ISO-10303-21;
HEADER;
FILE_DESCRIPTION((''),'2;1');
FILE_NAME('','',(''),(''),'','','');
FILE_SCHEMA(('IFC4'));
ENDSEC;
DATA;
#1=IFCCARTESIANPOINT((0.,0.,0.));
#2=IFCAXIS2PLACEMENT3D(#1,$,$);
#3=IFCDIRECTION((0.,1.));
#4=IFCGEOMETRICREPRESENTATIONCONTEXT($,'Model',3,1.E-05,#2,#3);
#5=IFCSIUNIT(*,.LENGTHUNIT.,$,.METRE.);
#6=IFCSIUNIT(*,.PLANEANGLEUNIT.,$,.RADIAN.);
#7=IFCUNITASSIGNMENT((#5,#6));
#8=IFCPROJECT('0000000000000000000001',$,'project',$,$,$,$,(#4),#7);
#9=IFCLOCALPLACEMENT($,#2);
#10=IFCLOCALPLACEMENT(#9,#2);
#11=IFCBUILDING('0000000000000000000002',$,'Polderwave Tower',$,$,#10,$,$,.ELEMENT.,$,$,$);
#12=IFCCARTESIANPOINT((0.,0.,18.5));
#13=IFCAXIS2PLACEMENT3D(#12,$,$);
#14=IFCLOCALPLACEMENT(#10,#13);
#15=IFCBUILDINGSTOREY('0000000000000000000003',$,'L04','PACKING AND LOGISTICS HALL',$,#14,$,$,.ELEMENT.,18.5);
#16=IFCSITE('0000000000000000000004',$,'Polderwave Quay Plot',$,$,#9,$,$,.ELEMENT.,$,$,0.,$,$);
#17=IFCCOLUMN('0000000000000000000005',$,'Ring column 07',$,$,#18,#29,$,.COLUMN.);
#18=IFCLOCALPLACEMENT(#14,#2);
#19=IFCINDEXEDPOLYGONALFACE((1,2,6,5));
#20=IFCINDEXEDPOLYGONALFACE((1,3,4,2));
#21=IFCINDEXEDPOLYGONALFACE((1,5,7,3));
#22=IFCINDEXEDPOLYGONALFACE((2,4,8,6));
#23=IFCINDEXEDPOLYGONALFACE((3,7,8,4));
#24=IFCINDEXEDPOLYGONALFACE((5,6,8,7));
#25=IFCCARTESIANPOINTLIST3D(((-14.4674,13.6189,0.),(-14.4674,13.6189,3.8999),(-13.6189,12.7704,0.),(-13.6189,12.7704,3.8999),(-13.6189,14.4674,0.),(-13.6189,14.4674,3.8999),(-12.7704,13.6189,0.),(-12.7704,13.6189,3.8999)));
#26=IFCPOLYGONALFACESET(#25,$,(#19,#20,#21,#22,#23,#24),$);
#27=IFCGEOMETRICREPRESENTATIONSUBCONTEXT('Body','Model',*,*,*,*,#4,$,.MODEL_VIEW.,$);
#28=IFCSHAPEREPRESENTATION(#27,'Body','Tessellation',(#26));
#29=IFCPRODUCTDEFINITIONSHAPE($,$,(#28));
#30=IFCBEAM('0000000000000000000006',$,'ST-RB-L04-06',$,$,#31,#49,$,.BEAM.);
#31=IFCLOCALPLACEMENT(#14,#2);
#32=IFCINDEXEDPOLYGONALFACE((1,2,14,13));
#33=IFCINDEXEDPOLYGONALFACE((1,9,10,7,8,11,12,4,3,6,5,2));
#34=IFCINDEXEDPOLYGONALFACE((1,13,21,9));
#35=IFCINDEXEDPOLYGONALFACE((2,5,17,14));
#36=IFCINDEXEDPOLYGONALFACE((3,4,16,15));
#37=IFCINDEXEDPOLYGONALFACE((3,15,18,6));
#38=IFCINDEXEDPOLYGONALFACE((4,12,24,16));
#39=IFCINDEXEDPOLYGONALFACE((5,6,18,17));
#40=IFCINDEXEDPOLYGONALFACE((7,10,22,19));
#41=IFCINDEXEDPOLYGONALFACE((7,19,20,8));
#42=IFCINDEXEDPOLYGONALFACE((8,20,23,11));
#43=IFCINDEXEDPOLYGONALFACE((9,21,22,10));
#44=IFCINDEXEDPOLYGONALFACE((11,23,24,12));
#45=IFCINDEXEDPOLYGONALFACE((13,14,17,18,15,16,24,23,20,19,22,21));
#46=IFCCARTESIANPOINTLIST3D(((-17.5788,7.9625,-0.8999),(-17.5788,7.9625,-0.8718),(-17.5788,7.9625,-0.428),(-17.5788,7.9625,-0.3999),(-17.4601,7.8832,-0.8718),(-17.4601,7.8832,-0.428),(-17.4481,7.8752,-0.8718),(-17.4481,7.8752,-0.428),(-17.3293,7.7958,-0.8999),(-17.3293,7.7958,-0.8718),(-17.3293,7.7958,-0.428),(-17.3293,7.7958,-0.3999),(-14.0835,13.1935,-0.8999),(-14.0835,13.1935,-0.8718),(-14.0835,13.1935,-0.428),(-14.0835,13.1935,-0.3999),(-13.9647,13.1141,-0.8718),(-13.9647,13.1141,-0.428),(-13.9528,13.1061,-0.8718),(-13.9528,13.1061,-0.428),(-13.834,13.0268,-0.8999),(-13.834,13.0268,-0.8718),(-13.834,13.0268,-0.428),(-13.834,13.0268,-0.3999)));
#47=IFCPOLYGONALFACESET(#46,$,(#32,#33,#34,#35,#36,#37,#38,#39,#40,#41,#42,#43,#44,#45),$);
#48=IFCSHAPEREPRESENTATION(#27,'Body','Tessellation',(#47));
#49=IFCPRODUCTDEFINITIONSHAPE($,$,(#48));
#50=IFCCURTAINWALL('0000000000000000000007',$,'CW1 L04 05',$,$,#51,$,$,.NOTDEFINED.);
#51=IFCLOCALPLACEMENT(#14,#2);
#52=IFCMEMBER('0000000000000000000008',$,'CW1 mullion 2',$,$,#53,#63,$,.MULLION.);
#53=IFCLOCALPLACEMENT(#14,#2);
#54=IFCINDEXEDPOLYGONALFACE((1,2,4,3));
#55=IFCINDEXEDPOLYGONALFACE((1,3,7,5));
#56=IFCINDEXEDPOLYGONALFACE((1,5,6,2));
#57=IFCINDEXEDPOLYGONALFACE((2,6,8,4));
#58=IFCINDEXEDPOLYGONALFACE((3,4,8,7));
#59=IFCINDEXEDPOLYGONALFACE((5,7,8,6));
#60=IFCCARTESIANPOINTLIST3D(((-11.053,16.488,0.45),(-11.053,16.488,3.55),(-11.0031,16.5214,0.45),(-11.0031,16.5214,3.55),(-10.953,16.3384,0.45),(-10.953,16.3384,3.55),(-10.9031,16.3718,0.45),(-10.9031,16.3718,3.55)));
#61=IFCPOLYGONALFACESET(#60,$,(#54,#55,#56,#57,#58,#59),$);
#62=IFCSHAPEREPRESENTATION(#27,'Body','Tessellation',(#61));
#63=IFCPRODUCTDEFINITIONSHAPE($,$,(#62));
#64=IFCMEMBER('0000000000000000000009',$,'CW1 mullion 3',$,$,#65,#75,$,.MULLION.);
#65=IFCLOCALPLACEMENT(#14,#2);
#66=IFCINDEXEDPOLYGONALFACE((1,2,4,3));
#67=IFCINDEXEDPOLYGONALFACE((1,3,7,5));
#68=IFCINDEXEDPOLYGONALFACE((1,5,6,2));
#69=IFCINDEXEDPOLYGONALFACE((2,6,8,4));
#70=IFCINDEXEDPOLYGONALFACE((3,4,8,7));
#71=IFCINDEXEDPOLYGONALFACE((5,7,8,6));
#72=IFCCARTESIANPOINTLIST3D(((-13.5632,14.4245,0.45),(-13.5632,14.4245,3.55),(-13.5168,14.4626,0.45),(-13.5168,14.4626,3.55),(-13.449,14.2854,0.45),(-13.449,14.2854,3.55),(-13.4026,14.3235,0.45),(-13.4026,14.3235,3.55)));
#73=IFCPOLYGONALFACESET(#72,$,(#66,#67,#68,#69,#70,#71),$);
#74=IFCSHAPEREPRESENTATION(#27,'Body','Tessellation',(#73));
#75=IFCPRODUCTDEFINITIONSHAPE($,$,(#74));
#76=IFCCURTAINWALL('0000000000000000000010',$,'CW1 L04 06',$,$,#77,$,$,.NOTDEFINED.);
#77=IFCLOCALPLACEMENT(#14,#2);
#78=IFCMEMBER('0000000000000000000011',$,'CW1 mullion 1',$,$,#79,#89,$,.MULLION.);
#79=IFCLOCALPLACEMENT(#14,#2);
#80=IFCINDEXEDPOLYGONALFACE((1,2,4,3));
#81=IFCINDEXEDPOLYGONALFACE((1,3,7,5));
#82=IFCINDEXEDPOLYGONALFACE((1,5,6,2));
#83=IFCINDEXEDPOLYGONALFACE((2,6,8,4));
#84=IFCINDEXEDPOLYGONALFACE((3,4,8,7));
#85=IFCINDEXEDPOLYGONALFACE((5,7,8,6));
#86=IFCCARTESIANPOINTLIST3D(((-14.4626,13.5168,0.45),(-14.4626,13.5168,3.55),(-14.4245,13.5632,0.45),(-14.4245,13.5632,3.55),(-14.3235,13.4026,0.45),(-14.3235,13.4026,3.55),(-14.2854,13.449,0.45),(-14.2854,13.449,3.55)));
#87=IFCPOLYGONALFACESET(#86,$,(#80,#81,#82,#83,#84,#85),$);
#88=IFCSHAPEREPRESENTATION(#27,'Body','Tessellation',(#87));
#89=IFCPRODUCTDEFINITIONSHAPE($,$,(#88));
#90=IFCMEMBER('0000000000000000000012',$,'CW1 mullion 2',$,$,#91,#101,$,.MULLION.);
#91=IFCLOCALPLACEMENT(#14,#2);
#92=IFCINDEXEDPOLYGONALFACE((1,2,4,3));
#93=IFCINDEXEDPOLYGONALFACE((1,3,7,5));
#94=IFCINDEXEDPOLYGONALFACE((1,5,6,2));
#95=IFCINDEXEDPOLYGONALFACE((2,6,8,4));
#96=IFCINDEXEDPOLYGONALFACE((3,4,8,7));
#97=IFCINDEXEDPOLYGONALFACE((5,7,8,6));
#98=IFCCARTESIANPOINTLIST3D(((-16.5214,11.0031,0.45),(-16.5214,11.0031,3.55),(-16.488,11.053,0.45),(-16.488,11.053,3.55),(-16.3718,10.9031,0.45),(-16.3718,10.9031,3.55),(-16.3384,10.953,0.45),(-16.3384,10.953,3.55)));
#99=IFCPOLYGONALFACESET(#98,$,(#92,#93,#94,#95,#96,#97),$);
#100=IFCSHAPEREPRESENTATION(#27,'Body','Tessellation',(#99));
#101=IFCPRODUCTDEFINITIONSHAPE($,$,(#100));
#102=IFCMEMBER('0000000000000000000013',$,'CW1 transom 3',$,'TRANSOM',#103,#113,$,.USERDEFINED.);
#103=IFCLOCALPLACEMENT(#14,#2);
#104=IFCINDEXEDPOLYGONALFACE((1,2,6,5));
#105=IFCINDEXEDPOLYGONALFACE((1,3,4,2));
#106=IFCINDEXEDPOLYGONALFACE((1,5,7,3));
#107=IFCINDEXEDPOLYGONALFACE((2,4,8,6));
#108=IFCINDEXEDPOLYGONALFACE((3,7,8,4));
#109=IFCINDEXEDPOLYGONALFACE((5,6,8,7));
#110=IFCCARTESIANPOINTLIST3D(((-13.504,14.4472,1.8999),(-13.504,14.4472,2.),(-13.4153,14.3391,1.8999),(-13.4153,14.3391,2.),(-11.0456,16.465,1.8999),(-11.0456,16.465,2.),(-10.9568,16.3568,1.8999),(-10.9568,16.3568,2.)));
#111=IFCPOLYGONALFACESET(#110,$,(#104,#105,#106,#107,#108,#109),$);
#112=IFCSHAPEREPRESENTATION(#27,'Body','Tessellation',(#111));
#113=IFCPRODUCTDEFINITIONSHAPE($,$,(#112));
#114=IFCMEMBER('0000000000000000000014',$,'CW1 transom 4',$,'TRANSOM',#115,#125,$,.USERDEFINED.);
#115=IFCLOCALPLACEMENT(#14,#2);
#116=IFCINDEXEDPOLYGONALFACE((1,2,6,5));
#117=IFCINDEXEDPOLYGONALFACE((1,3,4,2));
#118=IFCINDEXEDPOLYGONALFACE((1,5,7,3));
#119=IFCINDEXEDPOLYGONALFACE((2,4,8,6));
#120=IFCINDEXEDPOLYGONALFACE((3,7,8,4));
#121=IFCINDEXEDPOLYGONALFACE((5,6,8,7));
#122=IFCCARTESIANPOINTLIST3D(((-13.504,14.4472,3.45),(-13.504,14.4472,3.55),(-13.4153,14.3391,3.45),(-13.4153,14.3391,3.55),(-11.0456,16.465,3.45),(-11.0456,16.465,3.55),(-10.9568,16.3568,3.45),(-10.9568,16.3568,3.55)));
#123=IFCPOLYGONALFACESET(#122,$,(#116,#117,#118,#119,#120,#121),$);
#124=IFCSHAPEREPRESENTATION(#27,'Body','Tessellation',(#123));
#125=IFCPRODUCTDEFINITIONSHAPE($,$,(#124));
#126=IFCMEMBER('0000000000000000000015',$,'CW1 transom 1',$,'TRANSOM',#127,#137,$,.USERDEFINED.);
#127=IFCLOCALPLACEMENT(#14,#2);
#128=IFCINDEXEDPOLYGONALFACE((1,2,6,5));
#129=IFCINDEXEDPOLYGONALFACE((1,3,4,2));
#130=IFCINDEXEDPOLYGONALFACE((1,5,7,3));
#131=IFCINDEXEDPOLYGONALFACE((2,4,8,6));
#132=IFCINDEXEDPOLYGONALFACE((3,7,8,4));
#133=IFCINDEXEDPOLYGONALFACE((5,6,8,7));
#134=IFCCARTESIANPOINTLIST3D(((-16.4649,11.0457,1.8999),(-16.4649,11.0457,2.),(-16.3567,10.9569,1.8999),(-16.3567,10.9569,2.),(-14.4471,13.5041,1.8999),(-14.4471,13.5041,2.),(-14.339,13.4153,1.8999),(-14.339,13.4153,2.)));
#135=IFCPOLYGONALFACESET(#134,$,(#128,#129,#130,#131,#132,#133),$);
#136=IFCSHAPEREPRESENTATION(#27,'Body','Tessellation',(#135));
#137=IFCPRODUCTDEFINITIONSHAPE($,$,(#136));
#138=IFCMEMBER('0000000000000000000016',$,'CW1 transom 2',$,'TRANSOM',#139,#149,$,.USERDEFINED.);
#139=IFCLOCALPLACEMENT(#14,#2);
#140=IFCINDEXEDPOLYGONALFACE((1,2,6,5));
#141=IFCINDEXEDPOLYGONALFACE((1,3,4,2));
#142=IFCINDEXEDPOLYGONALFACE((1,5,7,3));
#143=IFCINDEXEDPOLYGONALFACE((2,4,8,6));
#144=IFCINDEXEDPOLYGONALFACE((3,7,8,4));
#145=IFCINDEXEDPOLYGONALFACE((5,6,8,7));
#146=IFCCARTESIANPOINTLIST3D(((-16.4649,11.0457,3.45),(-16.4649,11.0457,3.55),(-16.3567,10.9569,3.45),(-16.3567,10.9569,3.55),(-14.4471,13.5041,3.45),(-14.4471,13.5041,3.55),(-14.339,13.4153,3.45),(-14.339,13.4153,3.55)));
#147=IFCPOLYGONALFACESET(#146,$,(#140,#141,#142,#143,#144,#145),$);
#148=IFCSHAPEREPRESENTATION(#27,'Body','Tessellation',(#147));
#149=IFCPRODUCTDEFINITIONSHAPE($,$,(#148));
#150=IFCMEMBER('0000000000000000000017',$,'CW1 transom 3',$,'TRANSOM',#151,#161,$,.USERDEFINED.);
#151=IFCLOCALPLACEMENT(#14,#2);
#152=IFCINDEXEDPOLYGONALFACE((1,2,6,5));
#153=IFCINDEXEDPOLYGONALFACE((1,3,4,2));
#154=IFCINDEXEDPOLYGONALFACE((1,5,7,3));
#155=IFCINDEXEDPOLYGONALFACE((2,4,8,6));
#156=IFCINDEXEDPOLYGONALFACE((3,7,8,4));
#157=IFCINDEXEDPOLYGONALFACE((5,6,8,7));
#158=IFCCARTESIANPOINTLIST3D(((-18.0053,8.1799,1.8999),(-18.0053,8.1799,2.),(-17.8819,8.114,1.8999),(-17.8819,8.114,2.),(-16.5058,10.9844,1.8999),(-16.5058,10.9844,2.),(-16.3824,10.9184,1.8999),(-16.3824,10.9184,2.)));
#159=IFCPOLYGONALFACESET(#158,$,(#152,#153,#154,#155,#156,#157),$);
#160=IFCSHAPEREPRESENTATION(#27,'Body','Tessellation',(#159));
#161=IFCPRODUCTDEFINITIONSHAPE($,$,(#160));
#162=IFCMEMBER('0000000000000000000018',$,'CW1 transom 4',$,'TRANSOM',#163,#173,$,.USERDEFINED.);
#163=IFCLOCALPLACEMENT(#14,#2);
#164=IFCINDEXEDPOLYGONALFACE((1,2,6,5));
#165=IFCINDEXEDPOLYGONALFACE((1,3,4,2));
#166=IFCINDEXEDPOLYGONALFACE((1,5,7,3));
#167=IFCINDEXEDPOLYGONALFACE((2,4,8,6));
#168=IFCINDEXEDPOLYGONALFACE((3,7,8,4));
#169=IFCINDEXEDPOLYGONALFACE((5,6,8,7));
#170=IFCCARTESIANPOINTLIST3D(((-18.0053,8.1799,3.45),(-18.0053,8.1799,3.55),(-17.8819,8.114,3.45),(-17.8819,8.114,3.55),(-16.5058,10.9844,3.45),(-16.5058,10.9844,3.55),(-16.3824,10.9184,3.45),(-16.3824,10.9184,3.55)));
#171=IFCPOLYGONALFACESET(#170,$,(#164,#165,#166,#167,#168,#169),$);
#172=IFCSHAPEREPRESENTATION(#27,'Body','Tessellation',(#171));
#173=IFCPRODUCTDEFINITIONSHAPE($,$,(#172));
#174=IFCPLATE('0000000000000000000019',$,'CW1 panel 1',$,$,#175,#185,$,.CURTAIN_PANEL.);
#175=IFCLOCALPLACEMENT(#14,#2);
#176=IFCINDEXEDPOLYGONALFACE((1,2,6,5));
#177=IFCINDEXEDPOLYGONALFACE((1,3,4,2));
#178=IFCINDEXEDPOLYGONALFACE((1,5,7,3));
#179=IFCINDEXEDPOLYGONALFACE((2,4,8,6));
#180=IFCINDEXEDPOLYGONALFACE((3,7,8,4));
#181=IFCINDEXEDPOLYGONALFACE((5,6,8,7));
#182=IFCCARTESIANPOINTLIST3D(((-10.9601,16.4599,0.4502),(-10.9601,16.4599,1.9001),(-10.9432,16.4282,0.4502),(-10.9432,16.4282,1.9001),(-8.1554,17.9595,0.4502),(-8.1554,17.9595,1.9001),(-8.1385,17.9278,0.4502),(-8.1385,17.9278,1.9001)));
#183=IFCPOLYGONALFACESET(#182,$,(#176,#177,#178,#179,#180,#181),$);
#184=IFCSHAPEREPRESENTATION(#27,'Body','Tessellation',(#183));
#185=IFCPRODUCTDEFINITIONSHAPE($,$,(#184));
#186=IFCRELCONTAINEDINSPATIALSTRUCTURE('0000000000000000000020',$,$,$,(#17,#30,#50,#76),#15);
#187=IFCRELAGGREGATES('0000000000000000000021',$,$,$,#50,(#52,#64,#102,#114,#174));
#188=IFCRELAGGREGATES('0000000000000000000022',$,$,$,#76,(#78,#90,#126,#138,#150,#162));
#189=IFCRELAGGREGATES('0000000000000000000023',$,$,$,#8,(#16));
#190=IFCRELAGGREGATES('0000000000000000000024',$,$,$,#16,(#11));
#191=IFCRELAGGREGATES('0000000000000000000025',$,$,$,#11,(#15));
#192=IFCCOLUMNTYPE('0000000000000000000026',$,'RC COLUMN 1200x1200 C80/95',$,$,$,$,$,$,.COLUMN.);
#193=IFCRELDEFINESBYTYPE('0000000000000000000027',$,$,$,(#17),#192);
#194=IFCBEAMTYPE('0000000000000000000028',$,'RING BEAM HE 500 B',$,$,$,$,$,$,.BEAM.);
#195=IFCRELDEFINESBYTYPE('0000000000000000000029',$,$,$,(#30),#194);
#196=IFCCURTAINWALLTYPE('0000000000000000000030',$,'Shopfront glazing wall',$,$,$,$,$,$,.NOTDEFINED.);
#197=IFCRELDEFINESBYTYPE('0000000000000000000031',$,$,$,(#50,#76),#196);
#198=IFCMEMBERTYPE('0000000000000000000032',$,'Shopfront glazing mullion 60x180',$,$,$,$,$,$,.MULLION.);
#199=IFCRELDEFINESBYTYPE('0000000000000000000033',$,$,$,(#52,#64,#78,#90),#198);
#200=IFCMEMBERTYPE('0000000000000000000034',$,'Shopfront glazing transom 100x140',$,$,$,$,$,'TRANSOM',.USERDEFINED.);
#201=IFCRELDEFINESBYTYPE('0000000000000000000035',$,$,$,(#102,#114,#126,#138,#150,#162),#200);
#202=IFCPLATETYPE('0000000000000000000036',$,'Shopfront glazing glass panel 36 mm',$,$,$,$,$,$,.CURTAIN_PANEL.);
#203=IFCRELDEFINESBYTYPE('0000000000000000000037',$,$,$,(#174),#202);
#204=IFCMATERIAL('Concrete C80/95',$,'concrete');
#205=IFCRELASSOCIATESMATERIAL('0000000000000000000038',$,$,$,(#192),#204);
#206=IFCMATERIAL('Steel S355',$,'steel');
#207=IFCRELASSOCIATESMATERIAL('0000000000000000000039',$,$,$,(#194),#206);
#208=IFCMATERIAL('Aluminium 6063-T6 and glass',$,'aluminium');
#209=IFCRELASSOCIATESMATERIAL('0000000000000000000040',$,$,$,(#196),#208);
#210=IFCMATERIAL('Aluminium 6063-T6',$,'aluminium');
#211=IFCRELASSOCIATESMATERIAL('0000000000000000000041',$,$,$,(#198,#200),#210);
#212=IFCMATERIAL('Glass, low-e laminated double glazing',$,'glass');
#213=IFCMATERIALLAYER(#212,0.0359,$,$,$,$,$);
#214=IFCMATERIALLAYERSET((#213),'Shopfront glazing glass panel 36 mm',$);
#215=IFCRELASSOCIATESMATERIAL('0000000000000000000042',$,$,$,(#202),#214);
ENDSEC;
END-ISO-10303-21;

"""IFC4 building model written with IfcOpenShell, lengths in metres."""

from ifc_helpers import new_model, si_unit, direction, frame, origin, origin_2d, place, context, subcontext, project, spatial, rectangle, i_section, extrude, material, layer, layer_set, material_profile, profile_set, type_object, element, aggregate, save


model = new_model("IFC4")

# Units and contexts
model_context = context("Model", 3, precision=1e-05, world=origin(), true_north=direction((0.0, 1.0)))
body_context = subcontext(model_context, "Body", "Model", "MODEL_VIEW")
ifc_project = project(units=[si_unit("LENGTHUNIT", "METRE"), si_unit("PLANEANGLEUNIT", "RADIAN")], contexts=[model_context])

# Site, building, storey
site_placement = place(None, origin())
site = spatial("IfcSite", under=ifc_project, at=site_placement, Name="Polderwave Quay Plot", CompositionType="ELEMENT", RefElevation=0.0)
building_placement = place(site_placement, origin())
building = spatial("IfcBuilding", under=site, at=building_placement, Name="Polderwave Tower", CompositionType="ELEMENT")
storey_placement = place(building_placement, frame((0.0, 0.0, 18.5)))
storey = spatial("IfcBuildingStorey", under=building, at=storey_placement, Name="L04", Description="PACKING AND LOGISTICS HALL", CompositionType="ELEMENT", Elevation=18.5)

# Column
ifc_material_1 = material(Name="Concrete C80/95", Category="concrete")
ifc_material_profile_1 = material_profile(ifc_material_1, rectangle(XDim=1.2, YDim=1.2, at=origin_2d()), Name="RC 1200x1200")
ifc_profile_set_1 = profile_set([ifc_material_profile_1], Name="Concrete C80/95")
column_type = type_object("IfcColumnType", Name="RC COLUMN 1200x1200 C80/95", PredefinedType="COLUMN", material=ifc_profile_set_1)
column_placement = place(storey_placement, frame((-13.6189, 13.6189, 0.0), z_axis=(0.0, 0.0, 1.0), x_axis=(-0.707107, 0.707107, 0.0)))
element("IfcColumn", 1, at=column_placement, inside=storey, type_object=column_type, Name="Ring column 07", PredefinedType="COLUMN", context=body_context, shape_type="SweptSolid", body=[
    extrude(rectangle(XDim=1.2, YDim=1.2, at=origin_2d()), origin(), (0.0, 0.0, 1.0), 3.8999),
])

# Beam
ifc_material_2 = material(Name="Steel S355", Category="steel")
ifc_material_profile_2 = material_profile(ifc_material_2, i_section(OverallWidth=0.3, OverallDepth=0.5, WebThickness=0.0144, FlangeThickness=0.0281, at=origin_2d()), Name="HE 500 B")
ifc_profile_set_2 = profile_set([ifc_material_profile_2], Name="Steel S355")
beam_type = type_object("IfcBeamType", Name="RING BEAM HE 500 B", PredefinedType="BEAM", material=ifc_profile_set_2)
beam_placement = place(storey_placement, frame((-13.9587, 13.1101, -0.6499), z_axis=(-0.555586, -0.831459, 0.0), x_axis=(0.831459, -0.555586, 0.0)))
element("IfcBeam", 2, at=beam_placement, inside=storey, type_object=beam_type, Name="ST-RB-L04-06", PredefinedType="BEAM", context=body_context, shape_type="SweptSolid", body=[
    extrude(i_section(OverallWidth=0.3, OverallDepth=0.5, WebThickness=0.0144, FlangeThickness=0.0281, at=origin_2d()), origin(), (0.0, 0.0, 1.0), 6.2913),
])

# Curtain walls, members
ifc_material_3 = material(Name="Aluminium 6063-T6 and glass", Category="aluminium")
curtain_wall_type = type_object("IfcCurtainWallType", Name="Shopfront glazing wall", PredefinedType="NOTDEFINED", material=ifc_material_3)
curtain_wall_1_placement = place(storey_placement, origin())
curtain_wall_1 = element("IfcCurtainWall", 3, at=curtain_wall_1_placement, inside=storey, type_object=curtain_wall_type, Name="CW1 L04 05", PredefinedType="NOTDEFINED")
ifc_material_4 = material(Name="Aluminium 6063-T6", Category="aluminium")
ifc_material_profile_3 = material_profile(ifc_material_4, rectangle(XDim=0.1799, YDim=0.0601, at=origin_2d()), Name="AL 60x180")
ifc_profile_set_3 = profile_set([ifc_material_profile_3], Name="Aluminium 6063-T6")
member_type_1 = type_object("IfcMemberType", Name="Shopfront glazing mullion 60x180", PredefinedType="MULLION", material=ifc_profile_set_3)
member_1_placement = place(storey_placement, frame((-10.978, 16.4299, 0.45), z_axis=(0.0, 0.0, 1.0), x_axis=(0.555654, -0.831413, 0.0)))
member_1 = element("IfcMember", 4, at=member_1_placement, type_object=member_type_1, Name="CW1 mullion 2", PredefinedType="MULLION", context=body_context, shape_type="SweptSolid", body=[
    extrude(rectangle(XDim=0.1799, YDim=0.0601, at=origin_2d()), origin(), (0.0, 0.0, 1.0), 3.1001),
])
member_2_placement = place(storey_placement, frame((-13.4829, 14.374, 0.45), z_axis=(0.0, 0.0, 1.0), x_axis=(0.634453, -0.772962, 0.0)))
member_2 = element("IfcMember", 5, at=member_2_placement, type_object=member_type_1, Name="CW1 mullion 3", PredefinedType="MULLION", context=body_context, shape_type="SweptSolid", body=[
    extrude(rectangle(XDim=0.1799, YDim=0.0601, at=origin_2d()), origin(), (0.0, 0.0, 1.0), 3.1001),
])
curtain_wall_2_placement = place(storey_placement, origin())
curtain_wall_2 = element("IfcCurtainWall", 6, at=curtain_wall_2_placement, inside=storey, type_object=curtain_wall_type, Name="CW1 L04 06", PredefinedType="NOTDEFINED")
member_3_placement = place(storey_placement, frame((-14.374, 13.4829, 0.45), z_axis=(0.0, 0.0, 1.0), x_axis=(0.772962, -0.634453, 0.0)))
member_3 = element("IfcMember", 7, at=member_3_placement, type_object=member_type_1, Name="CW1 mullion 1", PredefinedType="MULLION", context=body_context, shape_type="SweptSolid", body=[
    extrude(rectangle(XDim=0.1799, YDim=0.0601, at=origin_2d()), origin(), (0.0, 0.0, 1.0), 3.1001),
])
member_4_placement = place(storey_placement, frame((-16.4299, 10.978, 0.45), z_axis=(0.0, 0.0, 1.0), x_axis=(0.831413, -0.555654, 0.0)))
member_4 = element("IfcMember", 8, at=member_4_placement, type_object=member_type_1, Name="CW1 mullion 2", PredefinedType="MULLION", context=body_context, shape_type="SweptSolid", body=[
    extrude(rectangle(XDim=0.1799, YDim=0.0601, at=origin_2d()), origin(), (0.0, 0.0, 1.0), 3.1001),
])

# Members
ifc_material_profile_4 = material_profile(ifc_material_4, rectangle(XDim=0.1399, YDim=0.1001, at=origin_2d()), Name="AL 100x140")
ifc_profile_set_4 = profile_set([ifc_material_profile_4], Name="Aluminium 6063-T6")
member_type_2 = type_object("IfcMemberType", Name="Shopfront glazing transom 100x140", ElementType="TRANSOM", PredefinedType="USERDEFINED", material=ifc_profile_set_4)
member_5_placement = place(storey_placement, frame((-11.0012, 16.4109, 1.95), z_axis=(-0.772982, -0.634428, 0.0), x_axis=(0.634428, -0.772982, 0.0)))
member_5 = element("IfcMember", 9, at=member_5_placement, type_object=member_type_2, Name="CW1 transom 3", ObjectType="TRANSOM", PredefinedType="USERDEFINED", context=body_context, shape_type="SweptSolid", body=[
    extrude(rectangle(XDim=0.1399, YDim=0.1001, at=origin_2d()), origin(), (0.0, 0.0, 1.0), 3.1804),
])
member_6_placement = place(storey_placement, frame((-11.0012, 16.4109, 3.5), z_axis=(-0.772982, -0.634428, 0.0), x_axis=(0.634428, -0.772982, 0.0)))
member_6 = element("IfcMember", 10, at=member_6_placement, type_object=member_type_2, Name="CW1 transom 4", ObjectType="TRANSOM", PredefinedType="USERDEFINED", context=body_context, shape_type="SweptSolid", body=[
    extrude(rectangle(XDim=0.1399, YDim=0.1001, at=origin_2d()), origin(), (0.0, 0.0, 1.0), 3.1804),
])
member_7_placement = place(storey_placement, frame((-14.3931, 13.4597, 1.95), z_axis=(-0.634428, -0.772982, 0.0), x_axis=(0.772982, -0.634428, 0.0)))
member_7 = element("IfcMember", 11, at=member_7_placement, type_object=member_type_2, Name="CW1 transom 1", ObjectType="TRANSOM", PredefinedType="USERDEFINED", context=body_context, shape_type="SweptSolid", body=[
    extrude(rectangle(XDim=0.1399, YDim=0.1001, at=origin_2d()), origin(), (0.0, 0.0, 1.0), 3.1804),
])
member_8_placement = place(storey_placement, frame((-14.3931, 13.4597, 3.5), z_axis=(-0.634428, -0.772982, 0.0), x_axis=(0.772982, -0.634428, 0.0)))
member_8 = element("IfcMember", 12, at=member_8_placement, type_object=member_type_2, Name="CW1 transom 2", ObjectType="TRANSOM", PredefinedType="USERDEFINED", context=body_context, shape_type="SweptSolid", body=[
    extrude(rectangle(XDim=0.1399, YDim=0.1001, at=origin_2d()), origin(), (0.0, 0.0, 1.0), 3.1804),
])
member_9_placement = place(storey_placement, frame((-16.4441, 10.9514, 1.95), z_axis=(-0.47152, -0.881855, 0.0), x_axis=(0.881855, -0.47152, 0.0)))
member_9 = element("IfcMember", 13, at=member_9_placement, type_object=member_type_2, Name="CW1 transom 3", ObjectType="TRANSOM", PredefinedType="USERDEFINED", context=body_context, shape_type="SweptSolid", body=[
    extrude(rectangle(XDim=0.1399, YDim=0.1001, at=origin_2d()), origin(), (0.0, 0.0, 1.0), 3.1802),
])
member_10_placement = place(storey_placement, frame((-16.4441, 10.9514, 3.5), z_axis=(-0.47152, -0.881855, 0.0), x_axis=(0.881855, -0.47152, 0.0)))
member_10 = element("IfcMember", 14, at=member_10_placement, type_object=member_type_2, Name="CW1 transom 4", ObjectType="TRANSOM", PredefinedType="USERDEFINED", context=body_context, shape_type="SweptSolid", body=[
    extrude(rectangle(XDim=0.1399, YDim=0.1001, at=origin_2d()), origin(), (0.0, 0.0, 1.0), 3.1802),
])

# Plate
ifc_material_5 = material(Name="Glass, low-e laminated double glazing", Category="glass")
ifc_layer_1 = layer(ifc_material_5, 0.0359)
ifc_layer_set_1 = layer_set([ifc_layer_1], Name="Shopfront glazing glass panel 36 mm")
plate_type = type_object("IfcPlateType", Name="Shopfront glazing glass panel 36 mm", PredefinedType="CURTAIN_PANEL", material=ifc_layer_set_1)
plate_1_placement = place(storey_placement, frame((-9.5493, 17.1938, 0.4502), z_axis=(0.0, 0.0, 1.0), x_axis=(-0.881861, -0.471509, 0.0)))
plate_1 = element("IfcPlate", 15, at=plate_1_placement, type_object=plate_type, Name="CW1 panel 1", PredefinedType="CURTAIN_PANEL", context=body_context, shape_type="SweptSolid", body=[
    extrude(rectangle(XDim=3.1804, YDim=0.0359, at=origin_2d()), origin(), (0.0, 0.0, 1.0), 1.45),
])
aggregate(curtain_wall_1, [member_1, member_2, member_5, member_6, plate_1])
aggregate(curtain_wall_2, [member_3, member_4, member_7, member_8, member_9, member_10])

save(model, "model.ifc")
